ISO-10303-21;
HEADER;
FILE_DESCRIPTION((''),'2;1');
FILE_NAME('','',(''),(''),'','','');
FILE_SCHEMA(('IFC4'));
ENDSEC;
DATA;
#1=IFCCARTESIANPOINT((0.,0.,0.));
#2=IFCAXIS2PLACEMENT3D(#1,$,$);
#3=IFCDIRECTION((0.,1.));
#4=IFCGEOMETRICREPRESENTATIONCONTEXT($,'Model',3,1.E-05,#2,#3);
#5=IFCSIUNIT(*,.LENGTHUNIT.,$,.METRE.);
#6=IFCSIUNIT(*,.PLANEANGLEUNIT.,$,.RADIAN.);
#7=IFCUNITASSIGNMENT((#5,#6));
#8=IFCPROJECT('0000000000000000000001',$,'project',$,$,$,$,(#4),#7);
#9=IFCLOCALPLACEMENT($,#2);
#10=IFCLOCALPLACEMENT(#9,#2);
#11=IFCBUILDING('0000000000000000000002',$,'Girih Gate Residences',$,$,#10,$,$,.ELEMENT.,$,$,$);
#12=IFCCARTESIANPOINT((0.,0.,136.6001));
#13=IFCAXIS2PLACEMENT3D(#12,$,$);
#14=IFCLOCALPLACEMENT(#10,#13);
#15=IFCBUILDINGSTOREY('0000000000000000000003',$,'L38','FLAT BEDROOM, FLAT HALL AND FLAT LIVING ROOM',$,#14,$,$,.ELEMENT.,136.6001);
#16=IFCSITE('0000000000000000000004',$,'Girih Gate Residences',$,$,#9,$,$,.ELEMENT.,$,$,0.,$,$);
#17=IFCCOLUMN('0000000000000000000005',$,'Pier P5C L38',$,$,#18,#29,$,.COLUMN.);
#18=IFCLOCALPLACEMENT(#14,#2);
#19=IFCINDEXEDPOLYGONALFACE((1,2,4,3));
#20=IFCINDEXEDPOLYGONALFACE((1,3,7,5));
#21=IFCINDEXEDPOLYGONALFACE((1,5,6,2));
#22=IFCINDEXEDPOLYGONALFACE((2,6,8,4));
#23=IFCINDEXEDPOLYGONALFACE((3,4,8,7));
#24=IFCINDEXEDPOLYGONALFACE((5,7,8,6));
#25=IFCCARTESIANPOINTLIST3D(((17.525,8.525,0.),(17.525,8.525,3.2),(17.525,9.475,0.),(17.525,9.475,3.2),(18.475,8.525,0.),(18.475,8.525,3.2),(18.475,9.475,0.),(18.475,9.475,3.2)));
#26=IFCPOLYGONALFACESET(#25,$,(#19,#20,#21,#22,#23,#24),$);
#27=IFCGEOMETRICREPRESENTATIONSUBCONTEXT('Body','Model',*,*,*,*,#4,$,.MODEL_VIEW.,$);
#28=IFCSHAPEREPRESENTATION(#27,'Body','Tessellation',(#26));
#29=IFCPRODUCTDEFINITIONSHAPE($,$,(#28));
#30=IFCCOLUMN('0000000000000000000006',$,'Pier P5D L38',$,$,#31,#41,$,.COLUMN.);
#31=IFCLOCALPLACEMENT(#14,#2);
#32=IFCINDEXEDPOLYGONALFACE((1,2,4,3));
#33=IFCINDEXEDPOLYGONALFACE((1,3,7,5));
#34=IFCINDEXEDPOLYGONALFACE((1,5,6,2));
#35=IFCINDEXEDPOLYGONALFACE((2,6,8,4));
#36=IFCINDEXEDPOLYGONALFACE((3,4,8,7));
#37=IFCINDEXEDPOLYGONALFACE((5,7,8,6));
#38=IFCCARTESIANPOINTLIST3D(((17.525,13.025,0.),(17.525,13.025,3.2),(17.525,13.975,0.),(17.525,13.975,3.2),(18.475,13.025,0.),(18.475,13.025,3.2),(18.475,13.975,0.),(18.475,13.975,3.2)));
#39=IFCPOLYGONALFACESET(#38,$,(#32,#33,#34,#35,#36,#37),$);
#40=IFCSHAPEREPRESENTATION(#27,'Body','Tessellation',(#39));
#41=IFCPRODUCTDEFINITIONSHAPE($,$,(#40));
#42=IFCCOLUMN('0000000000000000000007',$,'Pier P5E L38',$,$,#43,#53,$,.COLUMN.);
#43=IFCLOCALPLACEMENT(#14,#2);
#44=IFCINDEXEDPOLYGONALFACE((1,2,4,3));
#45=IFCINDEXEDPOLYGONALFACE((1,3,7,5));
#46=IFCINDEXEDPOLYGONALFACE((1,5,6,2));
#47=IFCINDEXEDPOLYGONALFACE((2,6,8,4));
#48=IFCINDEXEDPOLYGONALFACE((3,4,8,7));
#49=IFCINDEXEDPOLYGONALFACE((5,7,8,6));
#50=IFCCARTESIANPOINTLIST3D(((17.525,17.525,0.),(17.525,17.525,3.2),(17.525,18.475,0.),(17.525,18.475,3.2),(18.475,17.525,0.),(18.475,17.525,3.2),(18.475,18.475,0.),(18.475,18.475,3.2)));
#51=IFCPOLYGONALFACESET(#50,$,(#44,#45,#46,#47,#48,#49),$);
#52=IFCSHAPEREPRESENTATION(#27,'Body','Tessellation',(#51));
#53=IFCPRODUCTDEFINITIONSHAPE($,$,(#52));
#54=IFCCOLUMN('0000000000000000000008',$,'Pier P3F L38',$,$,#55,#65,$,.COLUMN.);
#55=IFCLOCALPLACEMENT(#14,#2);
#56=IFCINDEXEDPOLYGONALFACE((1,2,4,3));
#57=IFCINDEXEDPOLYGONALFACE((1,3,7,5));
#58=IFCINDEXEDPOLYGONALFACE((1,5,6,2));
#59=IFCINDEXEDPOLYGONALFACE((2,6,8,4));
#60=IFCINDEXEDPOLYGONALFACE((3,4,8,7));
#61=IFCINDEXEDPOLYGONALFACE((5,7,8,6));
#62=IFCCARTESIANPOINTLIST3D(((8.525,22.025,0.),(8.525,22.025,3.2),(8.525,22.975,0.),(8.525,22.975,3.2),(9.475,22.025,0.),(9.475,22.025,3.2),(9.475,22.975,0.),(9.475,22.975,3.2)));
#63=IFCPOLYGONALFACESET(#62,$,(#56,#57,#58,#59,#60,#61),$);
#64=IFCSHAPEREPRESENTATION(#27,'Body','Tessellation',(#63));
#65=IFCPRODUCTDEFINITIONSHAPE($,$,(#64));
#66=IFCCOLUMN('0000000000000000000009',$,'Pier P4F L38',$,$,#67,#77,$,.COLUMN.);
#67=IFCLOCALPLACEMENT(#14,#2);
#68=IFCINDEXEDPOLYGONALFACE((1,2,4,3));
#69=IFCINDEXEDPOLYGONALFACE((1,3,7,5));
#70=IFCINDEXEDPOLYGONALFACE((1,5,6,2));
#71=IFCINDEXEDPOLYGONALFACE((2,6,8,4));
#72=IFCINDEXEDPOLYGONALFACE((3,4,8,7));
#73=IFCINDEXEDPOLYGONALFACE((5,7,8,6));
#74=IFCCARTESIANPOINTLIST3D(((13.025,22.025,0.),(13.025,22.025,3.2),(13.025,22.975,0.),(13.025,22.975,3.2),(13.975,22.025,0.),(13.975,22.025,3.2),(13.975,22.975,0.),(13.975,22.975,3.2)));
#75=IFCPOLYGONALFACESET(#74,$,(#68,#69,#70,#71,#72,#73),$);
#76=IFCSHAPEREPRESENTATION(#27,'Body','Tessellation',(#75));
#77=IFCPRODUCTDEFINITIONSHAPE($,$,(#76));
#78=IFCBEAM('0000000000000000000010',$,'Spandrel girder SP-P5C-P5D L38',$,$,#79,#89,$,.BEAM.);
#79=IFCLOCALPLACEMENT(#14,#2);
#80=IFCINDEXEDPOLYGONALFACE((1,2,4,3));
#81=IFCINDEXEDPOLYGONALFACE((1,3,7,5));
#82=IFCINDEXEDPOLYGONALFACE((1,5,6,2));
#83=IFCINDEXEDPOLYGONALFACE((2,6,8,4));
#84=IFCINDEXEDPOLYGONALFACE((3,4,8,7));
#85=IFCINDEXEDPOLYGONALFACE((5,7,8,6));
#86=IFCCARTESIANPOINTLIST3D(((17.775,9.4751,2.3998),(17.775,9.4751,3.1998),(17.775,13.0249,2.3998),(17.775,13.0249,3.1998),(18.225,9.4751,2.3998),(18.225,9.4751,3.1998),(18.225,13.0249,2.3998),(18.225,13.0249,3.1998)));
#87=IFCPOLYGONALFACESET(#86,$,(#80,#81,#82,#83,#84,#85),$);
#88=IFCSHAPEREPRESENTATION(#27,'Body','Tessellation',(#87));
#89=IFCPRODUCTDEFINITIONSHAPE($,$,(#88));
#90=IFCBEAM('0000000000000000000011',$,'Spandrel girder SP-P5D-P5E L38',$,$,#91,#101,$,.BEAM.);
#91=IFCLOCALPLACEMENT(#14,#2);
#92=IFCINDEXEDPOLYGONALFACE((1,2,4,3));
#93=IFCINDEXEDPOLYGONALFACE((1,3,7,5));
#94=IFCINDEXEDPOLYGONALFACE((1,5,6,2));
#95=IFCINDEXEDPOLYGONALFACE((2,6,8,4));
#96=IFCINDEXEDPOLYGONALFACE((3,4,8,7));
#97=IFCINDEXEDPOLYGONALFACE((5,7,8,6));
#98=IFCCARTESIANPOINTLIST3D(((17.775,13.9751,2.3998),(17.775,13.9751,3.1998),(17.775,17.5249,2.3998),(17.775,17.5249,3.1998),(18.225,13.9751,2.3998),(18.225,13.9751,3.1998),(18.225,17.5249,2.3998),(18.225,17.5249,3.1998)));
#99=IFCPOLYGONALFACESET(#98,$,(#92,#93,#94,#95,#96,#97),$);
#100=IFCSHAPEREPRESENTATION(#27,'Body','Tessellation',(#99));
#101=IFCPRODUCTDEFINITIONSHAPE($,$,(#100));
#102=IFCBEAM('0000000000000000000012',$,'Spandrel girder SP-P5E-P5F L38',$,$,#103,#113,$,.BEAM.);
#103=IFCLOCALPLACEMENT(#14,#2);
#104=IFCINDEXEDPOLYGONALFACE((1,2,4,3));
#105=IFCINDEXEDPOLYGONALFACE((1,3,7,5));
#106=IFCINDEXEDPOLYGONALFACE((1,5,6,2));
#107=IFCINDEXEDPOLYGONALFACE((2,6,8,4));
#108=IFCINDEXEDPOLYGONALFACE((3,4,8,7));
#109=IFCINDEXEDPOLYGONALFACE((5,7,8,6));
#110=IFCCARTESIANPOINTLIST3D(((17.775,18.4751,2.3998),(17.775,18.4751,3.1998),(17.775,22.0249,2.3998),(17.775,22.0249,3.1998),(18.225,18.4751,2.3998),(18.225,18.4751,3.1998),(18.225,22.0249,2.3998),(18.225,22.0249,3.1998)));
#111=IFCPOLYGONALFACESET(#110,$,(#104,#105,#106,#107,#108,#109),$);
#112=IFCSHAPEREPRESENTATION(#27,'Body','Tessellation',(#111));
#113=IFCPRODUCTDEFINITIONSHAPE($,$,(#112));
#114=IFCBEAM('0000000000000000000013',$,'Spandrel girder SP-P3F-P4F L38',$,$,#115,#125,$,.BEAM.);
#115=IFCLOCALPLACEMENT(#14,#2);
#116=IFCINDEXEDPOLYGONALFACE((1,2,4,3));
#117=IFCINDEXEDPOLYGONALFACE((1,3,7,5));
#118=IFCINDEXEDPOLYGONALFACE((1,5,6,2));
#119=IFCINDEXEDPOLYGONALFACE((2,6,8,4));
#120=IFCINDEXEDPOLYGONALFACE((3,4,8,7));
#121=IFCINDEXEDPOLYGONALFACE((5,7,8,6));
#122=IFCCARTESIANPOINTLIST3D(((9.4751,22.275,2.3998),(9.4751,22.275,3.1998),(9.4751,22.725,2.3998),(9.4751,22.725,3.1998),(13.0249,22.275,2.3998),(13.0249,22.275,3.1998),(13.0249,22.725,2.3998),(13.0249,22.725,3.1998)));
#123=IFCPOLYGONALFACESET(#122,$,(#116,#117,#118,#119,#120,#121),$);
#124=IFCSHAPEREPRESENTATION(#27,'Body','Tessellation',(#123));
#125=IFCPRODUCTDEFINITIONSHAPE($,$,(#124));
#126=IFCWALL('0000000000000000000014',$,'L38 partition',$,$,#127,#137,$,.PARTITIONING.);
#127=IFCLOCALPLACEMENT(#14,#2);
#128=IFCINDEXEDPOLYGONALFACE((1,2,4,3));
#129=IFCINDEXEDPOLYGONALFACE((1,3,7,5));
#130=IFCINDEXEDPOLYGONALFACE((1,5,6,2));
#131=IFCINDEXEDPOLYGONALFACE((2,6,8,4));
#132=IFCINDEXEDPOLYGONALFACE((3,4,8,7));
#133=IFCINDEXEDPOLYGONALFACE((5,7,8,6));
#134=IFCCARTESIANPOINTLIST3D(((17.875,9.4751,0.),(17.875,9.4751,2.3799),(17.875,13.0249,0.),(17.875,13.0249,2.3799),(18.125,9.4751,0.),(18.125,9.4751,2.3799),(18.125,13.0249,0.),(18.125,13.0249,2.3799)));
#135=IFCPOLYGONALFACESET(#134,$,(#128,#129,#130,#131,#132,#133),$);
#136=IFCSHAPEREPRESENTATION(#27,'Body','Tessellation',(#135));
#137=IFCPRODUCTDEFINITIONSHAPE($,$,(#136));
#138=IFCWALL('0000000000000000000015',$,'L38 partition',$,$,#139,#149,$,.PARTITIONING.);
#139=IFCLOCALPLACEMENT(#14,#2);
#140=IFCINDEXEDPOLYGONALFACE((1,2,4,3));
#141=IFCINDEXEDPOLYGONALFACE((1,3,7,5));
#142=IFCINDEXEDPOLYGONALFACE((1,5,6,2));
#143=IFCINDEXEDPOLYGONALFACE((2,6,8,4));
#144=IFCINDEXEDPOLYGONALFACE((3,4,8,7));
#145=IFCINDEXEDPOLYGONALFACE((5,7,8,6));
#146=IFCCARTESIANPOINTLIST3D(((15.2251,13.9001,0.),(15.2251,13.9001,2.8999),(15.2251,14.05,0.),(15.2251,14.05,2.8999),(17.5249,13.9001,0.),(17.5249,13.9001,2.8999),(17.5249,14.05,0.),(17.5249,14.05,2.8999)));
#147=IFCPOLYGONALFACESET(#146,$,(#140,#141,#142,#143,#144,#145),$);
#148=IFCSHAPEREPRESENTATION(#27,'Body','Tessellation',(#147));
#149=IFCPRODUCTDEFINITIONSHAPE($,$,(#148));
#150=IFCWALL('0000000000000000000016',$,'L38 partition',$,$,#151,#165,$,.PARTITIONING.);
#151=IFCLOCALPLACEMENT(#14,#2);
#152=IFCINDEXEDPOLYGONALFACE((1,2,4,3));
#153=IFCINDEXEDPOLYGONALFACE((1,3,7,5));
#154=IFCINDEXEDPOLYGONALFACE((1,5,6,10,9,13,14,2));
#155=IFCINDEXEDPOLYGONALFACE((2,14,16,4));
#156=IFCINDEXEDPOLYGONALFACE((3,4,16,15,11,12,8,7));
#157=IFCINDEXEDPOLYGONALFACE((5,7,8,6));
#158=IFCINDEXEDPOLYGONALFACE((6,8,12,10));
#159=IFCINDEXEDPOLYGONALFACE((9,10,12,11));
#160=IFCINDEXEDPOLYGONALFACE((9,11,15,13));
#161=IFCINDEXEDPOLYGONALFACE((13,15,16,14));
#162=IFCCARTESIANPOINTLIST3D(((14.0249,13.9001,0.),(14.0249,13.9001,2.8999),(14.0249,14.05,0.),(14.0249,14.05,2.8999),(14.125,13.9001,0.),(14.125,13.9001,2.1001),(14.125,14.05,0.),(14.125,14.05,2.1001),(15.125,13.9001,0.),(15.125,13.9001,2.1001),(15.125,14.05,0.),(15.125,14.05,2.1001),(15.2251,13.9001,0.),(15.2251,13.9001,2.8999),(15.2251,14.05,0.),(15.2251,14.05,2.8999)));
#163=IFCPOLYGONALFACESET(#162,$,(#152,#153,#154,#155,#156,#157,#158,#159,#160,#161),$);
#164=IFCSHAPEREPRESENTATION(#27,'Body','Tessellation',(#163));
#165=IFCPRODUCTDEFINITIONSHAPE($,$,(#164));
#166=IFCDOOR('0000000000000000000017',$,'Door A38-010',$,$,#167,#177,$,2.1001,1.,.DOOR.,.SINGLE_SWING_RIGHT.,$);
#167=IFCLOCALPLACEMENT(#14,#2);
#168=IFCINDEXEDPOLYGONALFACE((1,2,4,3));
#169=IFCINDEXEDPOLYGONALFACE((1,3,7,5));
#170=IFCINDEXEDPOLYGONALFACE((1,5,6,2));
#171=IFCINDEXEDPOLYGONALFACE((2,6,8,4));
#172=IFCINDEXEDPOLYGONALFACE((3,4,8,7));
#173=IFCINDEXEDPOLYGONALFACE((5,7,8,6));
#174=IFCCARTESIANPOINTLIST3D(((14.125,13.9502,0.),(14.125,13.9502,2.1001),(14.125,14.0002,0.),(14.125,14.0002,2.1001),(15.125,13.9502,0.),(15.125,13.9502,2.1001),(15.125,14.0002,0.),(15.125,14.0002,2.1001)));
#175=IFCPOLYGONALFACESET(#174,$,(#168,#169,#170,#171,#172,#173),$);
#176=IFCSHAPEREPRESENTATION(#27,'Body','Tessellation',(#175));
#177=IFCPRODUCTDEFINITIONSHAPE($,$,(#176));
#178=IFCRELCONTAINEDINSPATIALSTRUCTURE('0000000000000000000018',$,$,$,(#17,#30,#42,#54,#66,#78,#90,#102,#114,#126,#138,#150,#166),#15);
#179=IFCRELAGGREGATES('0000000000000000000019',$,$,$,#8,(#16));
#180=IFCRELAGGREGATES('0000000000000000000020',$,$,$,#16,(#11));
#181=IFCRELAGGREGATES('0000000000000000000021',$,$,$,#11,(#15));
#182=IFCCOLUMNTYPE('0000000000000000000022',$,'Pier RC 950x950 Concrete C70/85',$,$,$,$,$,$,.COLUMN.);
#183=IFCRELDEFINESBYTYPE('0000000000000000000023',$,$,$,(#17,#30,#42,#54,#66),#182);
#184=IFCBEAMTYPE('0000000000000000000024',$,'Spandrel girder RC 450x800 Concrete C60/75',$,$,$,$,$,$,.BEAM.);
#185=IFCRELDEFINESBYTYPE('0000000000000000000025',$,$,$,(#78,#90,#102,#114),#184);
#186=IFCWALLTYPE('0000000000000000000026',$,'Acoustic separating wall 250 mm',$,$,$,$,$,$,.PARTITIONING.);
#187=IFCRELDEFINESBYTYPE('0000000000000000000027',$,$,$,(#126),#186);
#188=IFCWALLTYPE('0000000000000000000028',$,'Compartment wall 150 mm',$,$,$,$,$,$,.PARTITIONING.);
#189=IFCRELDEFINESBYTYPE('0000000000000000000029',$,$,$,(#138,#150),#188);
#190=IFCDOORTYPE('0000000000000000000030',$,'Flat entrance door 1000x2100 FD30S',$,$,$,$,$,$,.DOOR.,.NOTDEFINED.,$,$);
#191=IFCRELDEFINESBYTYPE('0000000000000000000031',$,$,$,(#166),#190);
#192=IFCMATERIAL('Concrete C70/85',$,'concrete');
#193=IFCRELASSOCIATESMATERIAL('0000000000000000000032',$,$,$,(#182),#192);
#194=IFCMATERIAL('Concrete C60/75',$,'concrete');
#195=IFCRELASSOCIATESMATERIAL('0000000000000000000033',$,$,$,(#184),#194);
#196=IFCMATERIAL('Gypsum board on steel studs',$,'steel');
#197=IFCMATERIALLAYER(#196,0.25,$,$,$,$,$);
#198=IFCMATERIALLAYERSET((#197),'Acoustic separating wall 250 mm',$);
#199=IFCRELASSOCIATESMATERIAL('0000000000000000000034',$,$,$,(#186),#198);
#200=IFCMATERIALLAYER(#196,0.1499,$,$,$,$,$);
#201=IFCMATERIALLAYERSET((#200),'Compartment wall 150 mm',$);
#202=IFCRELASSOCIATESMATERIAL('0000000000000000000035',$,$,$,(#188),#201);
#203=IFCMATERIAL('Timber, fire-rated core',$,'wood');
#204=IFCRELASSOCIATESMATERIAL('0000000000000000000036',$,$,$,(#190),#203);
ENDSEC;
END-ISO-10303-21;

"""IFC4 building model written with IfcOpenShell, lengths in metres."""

from ifc_helpers import new_model, si_unit, direction, frame, frame_2d, origin, origin_2d, place, context, subcontext, project, spatial, rectangle, extrude, material, layer, layer_set, material_profile, profile_set, type_object, element, fill, save


model = new_model("IFC4")

# Units and contexts
model_context = context("Model", 3, precision=1e-05, world=origin(), true_north=direction((0.0, 1.0)))
body_context = subcontext(model_context, "Body", "Model", "MODEL_VIEW")
ifc_project = project(units=[si_unit("LENGTHUNIT", "METRE"), si_unit("PLANEANGLEUNIT", "RADIAN")], contexts=[model_context])

# Site, building, storey
site_placement = place(None, origin())
site = spatial("IfcSite", under=ifc_project, at=site_placement, Name="Girih Gate Residences", CompositionType="ELEMENT", RefElevation=0.0)
building_placement = place(site_placement, origin())
building = spatial("IfcBuilding", under=site, at=building_placement, Name="Girih Gate Residences", CompositionType="ELEMENT")
storey_placement = place(building_placement, frame((0.0, 0.0, 136.6001)))
storey = spatial("IfcBuildingStorey", under=building, at=storey_placement, Name="L38", Description="FLAT BEDROOM, FLAT HALL AND FLAT LIVING ROOM", CompositionType="ELEMENT", Elevation=136.6001)

# Columns
ifc_material_1 = material(Name="Concrete C70/85", Category="concrete")
ifc_material_profile_1 = material_profile(ifc_material_1, rectangle(XDim=0.95, YDim=0.95, at=origin_2d()))
ifc_profile_set_1 = profile_set([ifc_material_profile_1], Name="Concrete C70/85")
column_type = type_object("IfcColumnType", Name="Pier RC 950x950 Concrete C70/85", PredefinedType="COLUMN", material=ifc_profile_set_1)
for number, where, z_axis, x_axis, name in (
    (1, (18.0, 9.0, 0.0), (0.0, 0.0, 1.0), (1.0, 0.0, 0.0), "Pier P5C L38"),
    (2, (18.0, 13.5, 0.0), (0.0, 0.0, 1.0), (1.0, 0.0, 0.0), "Pier P5D L38"),
    (3, (18.0, 18.0, 0.0), (0.0, 0.0, 1.0), (1.0, 0.0, 0.0), "Pier P5E L38"),
    (4, (9.0, 22.5, 0.0), (0.0, 0.0, 1.0), (1.0, 0.0, 0.0), "Pier P3F L38"),
    (5, (13.5, 22.5, 0.0), (0.0, 0.0, 1.0), (1.0, 0.0, 0.0), "Pier P4F L38"),
):
    element("IfcColumn", number, at=place(storey_placement, frame(where, z_axis=z_axis, x_axis=x_axis)), inside=storey, type_object=column_type, Name=name, PredefinedType="COLUMN", context=body_context, shape_type="SweptSolid", body=[
        extrude(rectangle(XDim=0.95, YDim=0.95, at=origin_2d()), origin(), (0.0, 0.0, 1.0), 3.2),
    ])

# Beams
ifc_material_2 = material(Name="Concrete C60/75", Category="concrete")
ifc_material_profile_2 = material_profile(ifc_material_2, rectangle(XDim=0.45, YDim=0.8, at=origin_2d()))
ifc_profile_set_2 = profile_set([ifc_material_profile_2], Name="Concrete C60/75")
beam_type = type_object("IfcBeamType", Name="Spandrel girder RC 450x800 Concrete C60/75", PredefinedType="BEAM", material=ifc_profile_set_2)
for number, where, z_axis, x_axis, name in (
    (6, (18.0, 9.4751, 2.7998), (0.0, 1.0, 0.0), (-1.0, 0.0, 0.0), "Spandrel girder SP-P5C-P5D L38"),
    (7, (18.0, 13.9751, 2.7998), (0.0, 1.0, 0.0), (-1.0, 0.0, 0.0), "Spandrel girder SP-P5D-P5E L38"),
    (8, (18.0, 18.4751, 2.7998), (0.0, 1.0, 0.0), (-1.0, 0.0, 0.0), "Spandrel girder SP-P5E-P5F L38"),
    (9, (9.4751, 22.5, 2.7998), (1.0, 0.0, 0.0), (0.0, 1.0, 0.0), "Spandrel girder SP-P3F-P4F L38"),
):
    element("IfcBeam", number, at=place(storey_placement, frame(where, z_axis=z_axis, x_axis=x_axis)), inside=storey, type_object=beam_type, Name=name, PredefinedType="BEAM", context=body_context, shape_type="SweptSolid", body=[
        extrude(rectangle(XDim=0.45, YDim=0.8, at=origin_2d()), origin(), (0.0, 0.0, 1.0), 3.5498),
    ])

# Walls
ifc_material_3 = material(Name="Gypsum board on steel studs", Category="steel")
ifc_layer_1 = layer(ifc_material_3, 0.25)
ifc_layer_set_1 = layer_set([ifc_layer_1], Name="Acoustic separating wall 250 mm")
wall_type_1 = type_object("IfcWallType", Name="Acoustic separating wall 250 mm", PredefinedType="PARTITIONING", material=ifc_layer_set_1)
wall_1_placement = place(storey_placement, frame((18.0, 9.4751, 0.0), z_axis=(0.0, 0.0, 1.0), x_axis=(0.0, 1.0, 0.0)))
element("IfcWall", 10, at=wall_1_placement, inside=storey, type_object=wall_type_1, Name="L38 partition", PredefinedType="PARTITIONING", context=body_context, shape_type="SweptSolid", body=[
    extrude(rectangle(XDim=3.5498, YDim=0.25, at=frame_2d((1.7749, 0.0))), origin(), (0.0, 0.0, 1.0), 2.3799),
])
ifc_layer_2 = layer(ifc_material_3, 0.1499)
ifc_layer_set_2 = layer_set([ifc_layer_2], Name="Compartment wall 150 mm")
wall_type_2 = type_object("IfcWallType", Name="Compartment wall 150 mm", PredefinedType="PARTITIONING", material=ifc_layer_set_2)
wall_2_placement = place(storey_placement, frame((15.2251, 13.9751, 0.0), z_axis=(0.0, 0.0, 1.0), x_axis=(1.0, 0.0, 0.0)))
element("IfcWall", 11, at=wall_2_placement, inside=storey, type_object=wall_type_2, Name="L38 partition", PredefinedType="PARTITIONING", context=body_context, shape_type="SweptSolid", body=[
    extrude(rectangle(XDim=2.2998, YDim=0.1499, at=frame_2d((1.1499, 0.0))), origin(), (0.0, 0.0, 1.0), 2.8999),
])

# Wall, opening, door
wall_3_placement = place(storey_placement, frame((15.2251, 13.9751, 0.0), z_axis=(0.0, 0.0, 1.0), x_axis=(-1.0, 0.0, 0.0)))
wall_3 = element("IfcWall", 12, at=wall_3_placement, inside=storey, type_object=wall_type_2, Name="L38 partition", PredefinedType="PARTITIONING", context=body_context, shape_type="SweptSolid", body=[
    extrude(rectangle(XDim=1.2002, YDim=0.1499, at=frame_2d((0.6001, 0.0))), origin(), (0.0, 0.0, 1.0), 2.8999),
])
opening_1_placement = place(wall_3_placement, frame((0.1001, 0.0, 0.0)))
opening_1 = element("IfcOpeningElement", 13, at=opening_1_placement, cuts=wall_3, PredefinedType="OPENING", context=body_context, shape_type="SweptSolid", body=[
    extrude(rectangle(XDim=1.0, YDim=2.1001, at=frame_2d((0.5, 1.05))), frame((0.0, 0.085, 0.0), z_axis=(0.0, -1.0, 0.0), x_axis=(1.0, 0.0, 0.0)), (0.0, 0.0, 1.0), 0.1699),
])
ifc_material_4 = material(Name="Timber, fire-rated core", Category="wood")
door_type_1 = type_object("IfcDoorType", Name="Flat entrance door 1000x2100 FD30S", OperationType="NOTDEFINED", PredefinedType="DOOR", material=ifc_material_4)
door_1_placement = place(opening_1_placement, origin())
door_1 = element("IfcDoor", 14, at=door_1_placement, inside=storey, type_object=door_type_1, Name="Door A38-010", OperationType="SINGLE_SWING_RIGHT", OverallHeight=2.1001, OverallWidth=1.0, PredefinedType="DOOR", context=body_context, shape_type="SweptSolid", body=[
    extrude(rectangle(XDim=1.0, YDim=2.1001, at=frame_2d((0.5, 1.05))), frame((0.0, 0.0249, 0.0), z_axis=(0.0, -1.0, 0.0), x_axis=(1.0, 0.0, 0.0)), (0.0, 0.0, 1.0), 0.05),
])
fill(opening_1, door_1)

save(model, "model.ifc")
